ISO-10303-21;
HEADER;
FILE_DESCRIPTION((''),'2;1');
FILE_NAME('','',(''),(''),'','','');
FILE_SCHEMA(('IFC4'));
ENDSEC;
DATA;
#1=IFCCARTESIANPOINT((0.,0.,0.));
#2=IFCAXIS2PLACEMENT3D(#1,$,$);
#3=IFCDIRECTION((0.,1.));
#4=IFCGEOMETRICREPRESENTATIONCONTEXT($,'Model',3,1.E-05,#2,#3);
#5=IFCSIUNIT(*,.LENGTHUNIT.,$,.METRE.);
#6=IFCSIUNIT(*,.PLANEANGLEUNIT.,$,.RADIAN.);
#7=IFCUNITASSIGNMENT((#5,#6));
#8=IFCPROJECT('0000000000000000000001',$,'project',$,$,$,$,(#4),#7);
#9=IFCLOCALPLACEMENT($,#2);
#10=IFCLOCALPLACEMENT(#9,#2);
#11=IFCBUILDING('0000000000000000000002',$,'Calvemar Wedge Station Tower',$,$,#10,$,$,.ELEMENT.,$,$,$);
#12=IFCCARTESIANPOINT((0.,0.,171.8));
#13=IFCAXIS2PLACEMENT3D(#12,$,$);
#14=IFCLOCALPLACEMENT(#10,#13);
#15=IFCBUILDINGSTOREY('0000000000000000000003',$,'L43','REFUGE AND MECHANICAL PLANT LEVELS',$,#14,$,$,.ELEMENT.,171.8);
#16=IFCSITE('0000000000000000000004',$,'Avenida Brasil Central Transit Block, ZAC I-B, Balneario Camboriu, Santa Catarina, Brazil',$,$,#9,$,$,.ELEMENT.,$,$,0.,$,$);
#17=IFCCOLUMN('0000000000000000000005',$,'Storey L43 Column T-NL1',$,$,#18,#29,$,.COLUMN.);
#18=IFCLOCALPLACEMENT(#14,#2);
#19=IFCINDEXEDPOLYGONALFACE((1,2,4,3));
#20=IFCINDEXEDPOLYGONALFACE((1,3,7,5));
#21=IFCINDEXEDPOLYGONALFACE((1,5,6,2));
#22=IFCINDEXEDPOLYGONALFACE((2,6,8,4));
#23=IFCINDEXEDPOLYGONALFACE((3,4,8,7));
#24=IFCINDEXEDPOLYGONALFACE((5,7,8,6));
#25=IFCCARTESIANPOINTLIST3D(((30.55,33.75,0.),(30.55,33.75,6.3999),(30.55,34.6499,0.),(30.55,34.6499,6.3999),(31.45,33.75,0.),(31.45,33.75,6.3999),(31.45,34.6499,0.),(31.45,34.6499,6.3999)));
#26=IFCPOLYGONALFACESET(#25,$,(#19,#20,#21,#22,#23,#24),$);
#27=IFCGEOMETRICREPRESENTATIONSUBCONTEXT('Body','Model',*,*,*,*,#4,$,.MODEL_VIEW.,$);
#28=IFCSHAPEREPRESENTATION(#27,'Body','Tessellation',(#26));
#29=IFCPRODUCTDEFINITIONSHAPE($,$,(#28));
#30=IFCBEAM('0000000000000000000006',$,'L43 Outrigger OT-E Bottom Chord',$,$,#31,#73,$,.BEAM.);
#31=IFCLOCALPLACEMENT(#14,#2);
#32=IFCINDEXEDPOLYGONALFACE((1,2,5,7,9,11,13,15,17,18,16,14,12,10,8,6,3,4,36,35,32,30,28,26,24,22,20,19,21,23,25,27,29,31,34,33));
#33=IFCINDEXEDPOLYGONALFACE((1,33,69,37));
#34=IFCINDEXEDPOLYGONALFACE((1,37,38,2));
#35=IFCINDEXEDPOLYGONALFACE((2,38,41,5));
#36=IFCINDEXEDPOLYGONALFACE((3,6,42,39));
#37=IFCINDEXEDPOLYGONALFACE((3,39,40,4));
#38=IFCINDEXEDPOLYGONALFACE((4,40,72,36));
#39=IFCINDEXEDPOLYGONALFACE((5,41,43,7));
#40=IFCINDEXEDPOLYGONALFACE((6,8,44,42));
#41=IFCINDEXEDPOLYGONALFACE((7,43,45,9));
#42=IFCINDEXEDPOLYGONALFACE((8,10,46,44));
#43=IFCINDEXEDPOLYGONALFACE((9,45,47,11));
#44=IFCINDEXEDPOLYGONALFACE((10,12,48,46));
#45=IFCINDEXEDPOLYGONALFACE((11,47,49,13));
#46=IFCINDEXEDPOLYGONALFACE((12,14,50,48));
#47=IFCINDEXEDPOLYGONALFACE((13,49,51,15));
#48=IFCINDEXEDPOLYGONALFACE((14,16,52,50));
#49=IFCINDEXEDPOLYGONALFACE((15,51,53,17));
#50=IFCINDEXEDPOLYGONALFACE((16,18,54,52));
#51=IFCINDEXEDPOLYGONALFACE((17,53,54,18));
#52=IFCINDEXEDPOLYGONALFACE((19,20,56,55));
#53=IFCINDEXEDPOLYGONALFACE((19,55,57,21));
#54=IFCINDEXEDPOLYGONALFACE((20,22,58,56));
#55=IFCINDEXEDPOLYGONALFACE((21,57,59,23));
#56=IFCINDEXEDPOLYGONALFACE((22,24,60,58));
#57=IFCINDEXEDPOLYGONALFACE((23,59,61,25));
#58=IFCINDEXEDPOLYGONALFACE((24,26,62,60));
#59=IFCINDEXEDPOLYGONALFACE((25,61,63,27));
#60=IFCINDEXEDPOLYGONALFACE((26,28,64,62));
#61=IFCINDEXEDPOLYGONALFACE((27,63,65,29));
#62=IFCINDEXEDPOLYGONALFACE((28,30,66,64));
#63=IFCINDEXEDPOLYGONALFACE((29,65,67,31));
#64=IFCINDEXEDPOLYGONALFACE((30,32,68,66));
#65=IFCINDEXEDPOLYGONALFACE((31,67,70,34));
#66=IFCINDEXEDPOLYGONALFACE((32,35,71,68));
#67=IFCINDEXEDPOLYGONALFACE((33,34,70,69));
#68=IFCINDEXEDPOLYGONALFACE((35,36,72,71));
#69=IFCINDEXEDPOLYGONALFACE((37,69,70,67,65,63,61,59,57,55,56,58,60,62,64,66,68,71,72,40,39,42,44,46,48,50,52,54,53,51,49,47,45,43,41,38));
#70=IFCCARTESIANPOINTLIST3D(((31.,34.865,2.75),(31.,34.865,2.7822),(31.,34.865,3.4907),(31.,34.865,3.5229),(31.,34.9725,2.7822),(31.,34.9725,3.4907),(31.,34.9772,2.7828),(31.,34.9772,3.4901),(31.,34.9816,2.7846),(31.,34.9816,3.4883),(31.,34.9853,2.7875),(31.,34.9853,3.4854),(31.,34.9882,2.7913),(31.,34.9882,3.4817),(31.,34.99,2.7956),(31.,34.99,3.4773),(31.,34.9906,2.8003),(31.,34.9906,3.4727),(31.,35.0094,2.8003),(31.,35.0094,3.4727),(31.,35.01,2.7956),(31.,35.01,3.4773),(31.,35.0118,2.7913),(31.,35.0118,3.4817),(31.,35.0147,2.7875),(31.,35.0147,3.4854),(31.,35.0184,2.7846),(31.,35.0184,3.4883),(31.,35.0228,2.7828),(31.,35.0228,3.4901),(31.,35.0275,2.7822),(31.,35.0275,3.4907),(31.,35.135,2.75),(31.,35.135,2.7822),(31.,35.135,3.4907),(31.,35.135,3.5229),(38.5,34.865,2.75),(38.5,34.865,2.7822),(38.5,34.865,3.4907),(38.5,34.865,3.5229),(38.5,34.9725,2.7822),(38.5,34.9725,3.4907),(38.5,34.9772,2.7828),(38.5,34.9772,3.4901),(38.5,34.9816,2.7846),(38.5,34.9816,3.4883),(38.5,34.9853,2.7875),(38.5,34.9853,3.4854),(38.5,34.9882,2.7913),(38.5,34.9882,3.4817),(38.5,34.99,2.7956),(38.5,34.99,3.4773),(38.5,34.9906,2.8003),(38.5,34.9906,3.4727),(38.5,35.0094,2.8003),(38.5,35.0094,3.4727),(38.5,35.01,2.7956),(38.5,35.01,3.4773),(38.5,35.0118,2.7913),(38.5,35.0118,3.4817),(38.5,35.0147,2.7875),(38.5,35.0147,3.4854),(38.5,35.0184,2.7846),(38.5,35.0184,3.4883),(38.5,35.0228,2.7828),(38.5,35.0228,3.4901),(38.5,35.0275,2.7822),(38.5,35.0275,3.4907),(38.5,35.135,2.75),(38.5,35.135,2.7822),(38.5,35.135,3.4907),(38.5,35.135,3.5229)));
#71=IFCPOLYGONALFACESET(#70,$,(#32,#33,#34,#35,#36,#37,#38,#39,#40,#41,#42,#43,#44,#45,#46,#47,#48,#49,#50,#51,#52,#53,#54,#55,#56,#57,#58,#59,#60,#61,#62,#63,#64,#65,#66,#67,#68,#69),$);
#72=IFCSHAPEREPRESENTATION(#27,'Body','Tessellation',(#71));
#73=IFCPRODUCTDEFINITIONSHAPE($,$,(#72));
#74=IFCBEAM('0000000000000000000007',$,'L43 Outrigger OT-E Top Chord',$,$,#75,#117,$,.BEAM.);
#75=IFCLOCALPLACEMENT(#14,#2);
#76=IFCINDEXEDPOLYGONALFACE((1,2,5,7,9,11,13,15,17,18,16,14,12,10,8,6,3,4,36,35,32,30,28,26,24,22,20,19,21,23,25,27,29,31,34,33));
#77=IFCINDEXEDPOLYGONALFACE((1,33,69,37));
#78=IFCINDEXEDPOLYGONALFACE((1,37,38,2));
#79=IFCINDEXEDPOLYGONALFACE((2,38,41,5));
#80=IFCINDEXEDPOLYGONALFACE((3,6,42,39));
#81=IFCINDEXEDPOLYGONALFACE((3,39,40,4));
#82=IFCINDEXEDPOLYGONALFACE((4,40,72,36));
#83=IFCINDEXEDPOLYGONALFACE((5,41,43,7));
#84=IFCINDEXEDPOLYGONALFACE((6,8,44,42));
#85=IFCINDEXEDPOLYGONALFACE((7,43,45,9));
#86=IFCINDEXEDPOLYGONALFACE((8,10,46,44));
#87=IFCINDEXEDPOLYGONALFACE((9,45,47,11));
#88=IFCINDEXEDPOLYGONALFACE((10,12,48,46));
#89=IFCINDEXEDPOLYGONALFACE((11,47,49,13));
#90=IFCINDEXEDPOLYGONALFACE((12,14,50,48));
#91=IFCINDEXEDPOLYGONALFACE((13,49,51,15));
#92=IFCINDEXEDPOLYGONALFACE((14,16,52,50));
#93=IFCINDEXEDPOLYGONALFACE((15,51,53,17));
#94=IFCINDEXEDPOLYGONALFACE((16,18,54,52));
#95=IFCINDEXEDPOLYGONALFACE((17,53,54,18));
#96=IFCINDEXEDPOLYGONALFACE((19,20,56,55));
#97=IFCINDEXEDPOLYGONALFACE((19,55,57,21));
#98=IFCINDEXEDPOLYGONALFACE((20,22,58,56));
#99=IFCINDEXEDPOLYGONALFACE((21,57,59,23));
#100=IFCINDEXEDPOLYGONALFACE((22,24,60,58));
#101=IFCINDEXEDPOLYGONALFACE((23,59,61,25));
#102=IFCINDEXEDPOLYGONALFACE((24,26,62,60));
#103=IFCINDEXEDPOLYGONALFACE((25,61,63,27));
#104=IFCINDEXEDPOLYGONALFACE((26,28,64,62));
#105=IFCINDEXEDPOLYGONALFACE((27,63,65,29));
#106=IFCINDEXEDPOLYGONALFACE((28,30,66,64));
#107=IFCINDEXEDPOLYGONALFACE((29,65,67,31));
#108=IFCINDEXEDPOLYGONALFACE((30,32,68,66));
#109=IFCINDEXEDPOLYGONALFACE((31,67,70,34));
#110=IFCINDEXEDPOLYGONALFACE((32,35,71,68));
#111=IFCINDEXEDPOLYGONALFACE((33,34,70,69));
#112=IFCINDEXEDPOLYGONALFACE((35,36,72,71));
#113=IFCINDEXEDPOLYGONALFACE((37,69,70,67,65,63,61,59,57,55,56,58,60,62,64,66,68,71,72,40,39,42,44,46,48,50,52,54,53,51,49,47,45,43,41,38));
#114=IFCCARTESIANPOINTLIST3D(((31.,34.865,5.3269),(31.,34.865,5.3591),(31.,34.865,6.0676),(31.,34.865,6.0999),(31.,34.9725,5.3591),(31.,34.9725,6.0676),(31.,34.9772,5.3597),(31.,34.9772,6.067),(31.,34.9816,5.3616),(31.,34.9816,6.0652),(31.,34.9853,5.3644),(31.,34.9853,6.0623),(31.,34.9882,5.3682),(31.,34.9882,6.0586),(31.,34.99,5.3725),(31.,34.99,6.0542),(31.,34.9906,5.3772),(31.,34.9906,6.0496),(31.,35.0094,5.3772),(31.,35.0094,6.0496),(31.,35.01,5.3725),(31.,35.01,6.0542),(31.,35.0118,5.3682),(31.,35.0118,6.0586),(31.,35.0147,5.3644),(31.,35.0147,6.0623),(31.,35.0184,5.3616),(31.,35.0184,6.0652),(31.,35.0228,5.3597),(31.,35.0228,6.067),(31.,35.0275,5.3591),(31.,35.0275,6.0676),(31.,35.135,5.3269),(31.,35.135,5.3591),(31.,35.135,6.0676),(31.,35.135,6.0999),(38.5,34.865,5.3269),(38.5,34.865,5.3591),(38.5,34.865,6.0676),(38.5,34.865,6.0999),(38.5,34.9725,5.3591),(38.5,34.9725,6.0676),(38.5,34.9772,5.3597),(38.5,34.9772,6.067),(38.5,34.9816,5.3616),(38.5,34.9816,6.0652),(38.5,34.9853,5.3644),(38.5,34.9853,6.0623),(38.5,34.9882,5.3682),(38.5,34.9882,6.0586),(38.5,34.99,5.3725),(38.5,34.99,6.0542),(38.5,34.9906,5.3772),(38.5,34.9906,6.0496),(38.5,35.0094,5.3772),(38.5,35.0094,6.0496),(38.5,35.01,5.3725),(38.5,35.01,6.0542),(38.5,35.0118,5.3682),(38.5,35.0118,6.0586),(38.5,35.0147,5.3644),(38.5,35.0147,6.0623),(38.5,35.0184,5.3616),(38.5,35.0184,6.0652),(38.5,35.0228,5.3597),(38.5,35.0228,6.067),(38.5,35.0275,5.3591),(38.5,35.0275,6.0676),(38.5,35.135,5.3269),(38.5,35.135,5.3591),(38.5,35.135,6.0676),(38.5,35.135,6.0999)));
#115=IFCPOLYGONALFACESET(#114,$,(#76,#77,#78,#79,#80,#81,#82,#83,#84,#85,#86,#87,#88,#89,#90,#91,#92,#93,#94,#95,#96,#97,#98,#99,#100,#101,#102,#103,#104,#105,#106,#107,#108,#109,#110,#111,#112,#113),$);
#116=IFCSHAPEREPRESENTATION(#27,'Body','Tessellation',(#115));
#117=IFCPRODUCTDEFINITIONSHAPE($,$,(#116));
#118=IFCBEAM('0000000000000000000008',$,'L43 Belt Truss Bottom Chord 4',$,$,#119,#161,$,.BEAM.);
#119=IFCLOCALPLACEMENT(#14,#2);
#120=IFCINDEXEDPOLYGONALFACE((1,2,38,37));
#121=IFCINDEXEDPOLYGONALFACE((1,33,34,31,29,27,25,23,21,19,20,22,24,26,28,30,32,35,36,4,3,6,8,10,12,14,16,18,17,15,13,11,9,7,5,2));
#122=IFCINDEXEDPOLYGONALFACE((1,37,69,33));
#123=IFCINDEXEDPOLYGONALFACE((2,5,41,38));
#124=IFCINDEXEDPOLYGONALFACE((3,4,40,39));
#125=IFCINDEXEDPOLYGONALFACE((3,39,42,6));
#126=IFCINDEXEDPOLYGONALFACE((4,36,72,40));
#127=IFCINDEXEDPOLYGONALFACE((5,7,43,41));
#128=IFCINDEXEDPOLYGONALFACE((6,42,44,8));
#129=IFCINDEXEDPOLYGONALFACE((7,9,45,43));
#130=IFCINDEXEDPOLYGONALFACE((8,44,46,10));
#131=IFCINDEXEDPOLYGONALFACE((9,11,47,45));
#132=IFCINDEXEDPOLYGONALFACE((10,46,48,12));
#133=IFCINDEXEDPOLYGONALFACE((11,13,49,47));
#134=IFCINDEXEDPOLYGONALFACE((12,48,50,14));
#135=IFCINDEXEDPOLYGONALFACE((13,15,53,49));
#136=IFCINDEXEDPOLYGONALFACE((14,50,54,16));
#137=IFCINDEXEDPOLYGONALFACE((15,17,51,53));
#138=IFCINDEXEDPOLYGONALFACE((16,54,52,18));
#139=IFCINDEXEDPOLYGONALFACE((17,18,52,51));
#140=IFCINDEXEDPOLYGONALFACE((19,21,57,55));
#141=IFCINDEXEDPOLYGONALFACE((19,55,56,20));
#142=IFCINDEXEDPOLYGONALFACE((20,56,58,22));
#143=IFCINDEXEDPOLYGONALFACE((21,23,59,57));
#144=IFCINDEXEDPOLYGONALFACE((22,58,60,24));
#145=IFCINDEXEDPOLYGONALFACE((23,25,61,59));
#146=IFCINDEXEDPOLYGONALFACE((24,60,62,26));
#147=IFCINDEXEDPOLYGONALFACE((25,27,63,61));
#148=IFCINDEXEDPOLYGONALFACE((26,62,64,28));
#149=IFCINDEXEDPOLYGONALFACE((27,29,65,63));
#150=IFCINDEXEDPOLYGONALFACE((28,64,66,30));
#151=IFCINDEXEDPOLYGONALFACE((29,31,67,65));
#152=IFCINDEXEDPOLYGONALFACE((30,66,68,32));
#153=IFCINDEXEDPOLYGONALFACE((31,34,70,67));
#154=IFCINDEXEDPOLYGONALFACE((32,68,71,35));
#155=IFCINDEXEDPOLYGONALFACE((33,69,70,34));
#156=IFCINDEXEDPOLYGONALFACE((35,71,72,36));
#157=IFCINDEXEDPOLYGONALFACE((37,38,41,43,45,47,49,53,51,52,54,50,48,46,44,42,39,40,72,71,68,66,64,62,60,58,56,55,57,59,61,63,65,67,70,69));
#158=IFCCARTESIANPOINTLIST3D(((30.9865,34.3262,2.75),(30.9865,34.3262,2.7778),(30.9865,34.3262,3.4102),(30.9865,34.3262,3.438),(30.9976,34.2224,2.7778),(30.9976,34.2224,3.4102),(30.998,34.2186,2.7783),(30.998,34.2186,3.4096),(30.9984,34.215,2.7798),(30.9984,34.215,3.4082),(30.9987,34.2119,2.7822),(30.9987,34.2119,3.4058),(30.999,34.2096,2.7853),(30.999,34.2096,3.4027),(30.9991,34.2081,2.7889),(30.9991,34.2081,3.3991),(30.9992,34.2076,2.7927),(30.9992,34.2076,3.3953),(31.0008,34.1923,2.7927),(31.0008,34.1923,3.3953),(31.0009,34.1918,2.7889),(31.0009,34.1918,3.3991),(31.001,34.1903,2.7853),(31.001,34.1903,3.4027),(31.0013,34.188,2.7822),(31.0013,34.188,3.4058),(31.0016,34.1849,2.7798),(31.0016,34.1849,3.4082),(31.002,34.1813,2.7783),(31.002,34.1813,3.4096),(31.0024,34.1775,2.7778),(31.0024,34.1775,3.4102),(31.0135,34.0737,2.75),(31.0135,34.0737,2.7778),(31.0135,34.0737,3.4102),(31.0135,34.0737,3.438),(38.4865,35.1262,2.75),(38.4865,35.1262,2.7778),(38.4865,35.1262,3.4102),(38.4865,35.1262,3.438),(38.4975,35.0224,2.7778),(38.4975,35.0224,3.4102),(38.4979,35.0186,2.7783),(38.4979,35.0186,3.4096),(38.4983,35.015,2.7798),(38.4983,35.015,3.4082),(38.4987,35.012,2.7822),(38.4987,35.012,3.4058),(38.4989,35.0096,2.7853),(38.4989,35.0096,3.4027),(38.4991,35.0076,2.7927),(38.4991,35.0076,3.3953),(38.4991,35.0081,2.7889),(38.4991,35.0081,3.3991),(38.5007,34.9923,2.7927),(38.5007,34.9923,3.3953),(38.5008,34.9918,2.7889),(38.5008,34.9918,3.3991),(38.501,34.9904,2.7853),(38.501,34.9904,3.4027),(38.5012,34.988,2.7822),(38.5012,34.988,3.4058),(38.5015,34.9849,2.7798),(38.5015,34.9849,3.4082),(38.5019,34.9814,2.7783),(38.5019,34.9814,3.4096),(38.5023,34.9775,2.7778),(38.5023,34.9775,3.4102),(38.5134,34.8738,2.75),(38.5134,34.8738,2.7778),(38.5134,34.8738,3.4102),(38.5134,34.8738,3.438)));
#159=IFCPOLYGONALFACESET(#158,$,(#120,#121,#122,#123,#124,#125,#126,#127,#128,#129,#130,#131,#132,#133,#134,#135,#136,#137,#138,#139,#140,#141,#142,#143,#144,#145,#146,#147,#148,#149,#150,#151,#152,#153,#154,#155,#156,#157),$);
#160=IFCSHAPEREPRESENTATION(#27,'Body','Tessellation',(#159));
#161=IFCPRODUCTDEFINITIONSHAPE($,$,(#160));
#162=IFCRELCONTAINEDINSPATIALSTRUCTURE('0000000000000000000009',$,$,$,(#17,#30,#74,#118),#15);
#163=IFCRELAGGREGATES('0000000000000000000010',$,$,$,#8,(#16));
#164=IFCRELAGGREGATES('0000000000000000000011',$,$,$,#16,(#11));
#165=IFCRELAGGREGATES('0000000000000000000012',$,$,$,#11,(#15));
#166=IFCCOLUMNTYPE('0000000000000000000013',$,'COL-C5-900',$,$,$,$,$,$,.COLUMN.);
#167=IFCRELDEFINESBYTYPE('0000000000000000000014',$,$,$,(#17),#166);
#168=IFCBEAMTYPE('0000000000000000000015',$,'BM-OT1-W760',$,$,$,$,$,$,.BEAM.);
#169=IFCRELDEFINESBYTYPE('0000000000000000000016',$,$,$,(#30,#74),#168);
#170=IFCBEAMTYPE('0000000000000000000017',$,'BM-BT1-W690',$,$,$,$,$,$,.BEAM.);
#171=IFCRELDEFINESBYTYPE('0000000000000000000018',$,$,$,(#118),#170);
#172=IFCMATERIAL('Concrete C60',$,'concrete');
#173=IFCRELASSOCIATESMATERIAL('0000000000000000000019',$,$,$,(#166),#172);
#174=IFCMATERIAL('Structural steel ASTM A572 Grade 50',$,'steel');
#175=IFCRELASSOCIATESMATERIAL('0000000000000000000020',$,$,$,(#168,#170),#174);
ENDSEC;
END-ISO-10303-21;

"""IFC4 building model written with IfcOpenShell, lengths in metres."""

from ifc_helpers import new_model, si_unit, direction, frame, origin, origin_2d, place, context, subcontext, project, spatial, rectangle, i_section, extrude, source, transform, mapped, material, material_profile, profile_set, type_object, element, save


model = new_model("IFC4")

# Units and contexts
model_context = context("Model", 3, precision=1e-05, world=origin(), true_north=direction((0.0, 1.0)))
body_context = subcontext(model_context, "Body", "Model", "MODEL_VIEW")
ifc_project = project(units=[si_unit("LENGTHUNIT", "METRE"), si_unit("PLANEANGLEUNIT", "RADIAN")], contexts=[model_context])

# Site, building, storey
site_placement = place(None, origin())
site = spatial("IfcSite", under=ifc_project, at=site_placement, Name="Avenida Brasil Central Transit Block, ZAC I-B, Balneario Camboriu, Santa Catarina, Brazil", CompositionType="ELEMENT", RefElevation=0.0)
building_placement = place(site_placement, origin())
building = spatial("IfcBuilding", under=site, at=building_placement, Name="Calvemar Wedge Station Tower", CompositionType="ELEMENT")
storey_placement = place(building_placement, frame((0.0, 0.0, 171.8)))
storey = spatial("IfcBuildingStorey", under=building, at=storey_placement, Name="L43", Description="REFUGE AND MECHANICAL PLANT LEVELS", CompositionType="ELEMENT", Elevation=171.8)

# Column
ifc_material_1 = material(Name="Concrete C60", Category="concrete")
ifc_material_profile_1 = material_profile(ifc_material_1, rectangle(XDim=0.8999, YDim=0.8999, at=origin_2d()), Name="RC900x900")
ifc_profile_set_1 = profile_set([ifc_material_profile_1], Name="Concrete C60")
column_type = type_object("IfcColumnType", Name="COL-C5-900", PredefinedType="COLUMN", material=ifc_profile_set_1)
shared_shape_1 = source(origin(), body_context, "Body", "SweptSolid", [
    extrude(rectangle(XDim=0.8999, YDim=0.8999, at=origin_2d()), origin(), (0.0, 0.0, 1.0), 6.3999),
])
column_placement = place(storey_placement, frame((31.0, 34.2, 0.0), z_axis=(0.0, 0.0, 1.0), x_axis=(1.0, 0.0, 0.0)))
element("IfcColumn", 1, at=column_placement, inside=storey, type_object=column_type, Name="Storey L43 Column T-NL1", PredefinedType="COLUMN", context=body_context, shape_type="MappedRepresentation", body=[
    mapped(shared_shape_1, transform((0.0, 0.0, 0.0), scale=1.0)),
])

# Beams
ifc_material_2 = material(Name="Structural steel ASTM A572 Grade 50", Category="steel")
ifc_material_profile_2 = material_profile(ifc_material_2, i_section(OverallWidth=0.27, OverallDepth=0.7729, WebThickness=0.0188, FlangeThickness=0.0322, FilletRadius=0.0181, at=origin_2d()), Name="W760x257")
ifc_profile_set_2 = profile_set([ifc_material_profile_2], Name="Structural steel ASTM A572 Grade 50")
beam_type_1 = type_object("IfcBeamType", Name="BM-OT1-W760", PredefinedType="BEAM", material=ifc_profile_set_2)
shared_shape_2 = source(origin(), body_context, "Body", "SweptSolid", [
    extrude(i_section(OverallWidth=0.27, OverallDepth=0.7729, WebThickness=0.0188, FlangeThickness=0.0322, FilletRadius=0.0181, at=origin_2d()), origin(), (0.0, 0.0, 1.0), 7.5),
])
for number, where, z_axis, x_axis, name in (
    (2, (31.0, 35.0, 3.1365), (1.0, 0.0, 0.0), (0.0, 1.0, 0.0), "L43 Outrigger OT-E Bottom Chord"),
    (3, (31.0, 35.0, 5.7134), (1.0, 0.0, 0.0), (0.0, 1.0, 0.0), "L43 Outrigger OT-E Top Chord"),
):
    element("IfcBeam", number, at=place(storey_placement, frame(where, z_axis=z_axis, x_axis=x_axis)), inside=storey, type_object=beam_type_1, Name=name, PredefinedType="BEAM", context=body_context, shape_type="MappedRepresentation", body=[
        mapped(shared_shape_2, transform((0.0, 0.0, 0.0), scale=1.0)),
    ])
ifc_material_profile_3 = material_profile(ifc_material_2, i_section(OverallWidth=0.2539, OverallDepth=0.688, WebThickness=0.0154, FlangeThickness=0.0278, FilletRadius=0.0149, at=origin_2d()), Name="W690x192")
ifc_profile_set_3 = profile_set([ifc_material_profile_3], Name="Structural steel ASTM A572 Grade 50")
beam_type_2 = type_object("IfcBeamType", Name="BM-BT1-W690", PredefinedType="BEAM", material=ifc_profile_set_3)
shared_shape_3 = source(origin(), body_context, "Body", "SweptSolid", [
    extrude(i_section(OverallWidth=0.2539, OverallDepth=0.688, WebThickness=0.0154, FlangeThickness=0.0278, FilletRadius=0.0149, at=origin_2d()), origin(), (0.0, 0.0, 1.0), 7.5425),
])
beam_placement = place(storey_placement, frame((31.0, 34.2, 3.094), z_axis=(0.994359, 0.106071, 0.0), x_axis=(-0.106071, 0.994359, 0.0)))
element("IfcBeam", 4, at=beam_placement, inside=storey, type_object=beam_type_2, Name="L43 Belt Truss Bottom Chord 4", PredefinedType="BEAM", context=body_context, shape_type="MappedRepresentation", body=[
    mapped(shared_shape_3, transform((0.0, 0.0, 0.0), scale=1.0)),
])

save(model, "model.ifc")
